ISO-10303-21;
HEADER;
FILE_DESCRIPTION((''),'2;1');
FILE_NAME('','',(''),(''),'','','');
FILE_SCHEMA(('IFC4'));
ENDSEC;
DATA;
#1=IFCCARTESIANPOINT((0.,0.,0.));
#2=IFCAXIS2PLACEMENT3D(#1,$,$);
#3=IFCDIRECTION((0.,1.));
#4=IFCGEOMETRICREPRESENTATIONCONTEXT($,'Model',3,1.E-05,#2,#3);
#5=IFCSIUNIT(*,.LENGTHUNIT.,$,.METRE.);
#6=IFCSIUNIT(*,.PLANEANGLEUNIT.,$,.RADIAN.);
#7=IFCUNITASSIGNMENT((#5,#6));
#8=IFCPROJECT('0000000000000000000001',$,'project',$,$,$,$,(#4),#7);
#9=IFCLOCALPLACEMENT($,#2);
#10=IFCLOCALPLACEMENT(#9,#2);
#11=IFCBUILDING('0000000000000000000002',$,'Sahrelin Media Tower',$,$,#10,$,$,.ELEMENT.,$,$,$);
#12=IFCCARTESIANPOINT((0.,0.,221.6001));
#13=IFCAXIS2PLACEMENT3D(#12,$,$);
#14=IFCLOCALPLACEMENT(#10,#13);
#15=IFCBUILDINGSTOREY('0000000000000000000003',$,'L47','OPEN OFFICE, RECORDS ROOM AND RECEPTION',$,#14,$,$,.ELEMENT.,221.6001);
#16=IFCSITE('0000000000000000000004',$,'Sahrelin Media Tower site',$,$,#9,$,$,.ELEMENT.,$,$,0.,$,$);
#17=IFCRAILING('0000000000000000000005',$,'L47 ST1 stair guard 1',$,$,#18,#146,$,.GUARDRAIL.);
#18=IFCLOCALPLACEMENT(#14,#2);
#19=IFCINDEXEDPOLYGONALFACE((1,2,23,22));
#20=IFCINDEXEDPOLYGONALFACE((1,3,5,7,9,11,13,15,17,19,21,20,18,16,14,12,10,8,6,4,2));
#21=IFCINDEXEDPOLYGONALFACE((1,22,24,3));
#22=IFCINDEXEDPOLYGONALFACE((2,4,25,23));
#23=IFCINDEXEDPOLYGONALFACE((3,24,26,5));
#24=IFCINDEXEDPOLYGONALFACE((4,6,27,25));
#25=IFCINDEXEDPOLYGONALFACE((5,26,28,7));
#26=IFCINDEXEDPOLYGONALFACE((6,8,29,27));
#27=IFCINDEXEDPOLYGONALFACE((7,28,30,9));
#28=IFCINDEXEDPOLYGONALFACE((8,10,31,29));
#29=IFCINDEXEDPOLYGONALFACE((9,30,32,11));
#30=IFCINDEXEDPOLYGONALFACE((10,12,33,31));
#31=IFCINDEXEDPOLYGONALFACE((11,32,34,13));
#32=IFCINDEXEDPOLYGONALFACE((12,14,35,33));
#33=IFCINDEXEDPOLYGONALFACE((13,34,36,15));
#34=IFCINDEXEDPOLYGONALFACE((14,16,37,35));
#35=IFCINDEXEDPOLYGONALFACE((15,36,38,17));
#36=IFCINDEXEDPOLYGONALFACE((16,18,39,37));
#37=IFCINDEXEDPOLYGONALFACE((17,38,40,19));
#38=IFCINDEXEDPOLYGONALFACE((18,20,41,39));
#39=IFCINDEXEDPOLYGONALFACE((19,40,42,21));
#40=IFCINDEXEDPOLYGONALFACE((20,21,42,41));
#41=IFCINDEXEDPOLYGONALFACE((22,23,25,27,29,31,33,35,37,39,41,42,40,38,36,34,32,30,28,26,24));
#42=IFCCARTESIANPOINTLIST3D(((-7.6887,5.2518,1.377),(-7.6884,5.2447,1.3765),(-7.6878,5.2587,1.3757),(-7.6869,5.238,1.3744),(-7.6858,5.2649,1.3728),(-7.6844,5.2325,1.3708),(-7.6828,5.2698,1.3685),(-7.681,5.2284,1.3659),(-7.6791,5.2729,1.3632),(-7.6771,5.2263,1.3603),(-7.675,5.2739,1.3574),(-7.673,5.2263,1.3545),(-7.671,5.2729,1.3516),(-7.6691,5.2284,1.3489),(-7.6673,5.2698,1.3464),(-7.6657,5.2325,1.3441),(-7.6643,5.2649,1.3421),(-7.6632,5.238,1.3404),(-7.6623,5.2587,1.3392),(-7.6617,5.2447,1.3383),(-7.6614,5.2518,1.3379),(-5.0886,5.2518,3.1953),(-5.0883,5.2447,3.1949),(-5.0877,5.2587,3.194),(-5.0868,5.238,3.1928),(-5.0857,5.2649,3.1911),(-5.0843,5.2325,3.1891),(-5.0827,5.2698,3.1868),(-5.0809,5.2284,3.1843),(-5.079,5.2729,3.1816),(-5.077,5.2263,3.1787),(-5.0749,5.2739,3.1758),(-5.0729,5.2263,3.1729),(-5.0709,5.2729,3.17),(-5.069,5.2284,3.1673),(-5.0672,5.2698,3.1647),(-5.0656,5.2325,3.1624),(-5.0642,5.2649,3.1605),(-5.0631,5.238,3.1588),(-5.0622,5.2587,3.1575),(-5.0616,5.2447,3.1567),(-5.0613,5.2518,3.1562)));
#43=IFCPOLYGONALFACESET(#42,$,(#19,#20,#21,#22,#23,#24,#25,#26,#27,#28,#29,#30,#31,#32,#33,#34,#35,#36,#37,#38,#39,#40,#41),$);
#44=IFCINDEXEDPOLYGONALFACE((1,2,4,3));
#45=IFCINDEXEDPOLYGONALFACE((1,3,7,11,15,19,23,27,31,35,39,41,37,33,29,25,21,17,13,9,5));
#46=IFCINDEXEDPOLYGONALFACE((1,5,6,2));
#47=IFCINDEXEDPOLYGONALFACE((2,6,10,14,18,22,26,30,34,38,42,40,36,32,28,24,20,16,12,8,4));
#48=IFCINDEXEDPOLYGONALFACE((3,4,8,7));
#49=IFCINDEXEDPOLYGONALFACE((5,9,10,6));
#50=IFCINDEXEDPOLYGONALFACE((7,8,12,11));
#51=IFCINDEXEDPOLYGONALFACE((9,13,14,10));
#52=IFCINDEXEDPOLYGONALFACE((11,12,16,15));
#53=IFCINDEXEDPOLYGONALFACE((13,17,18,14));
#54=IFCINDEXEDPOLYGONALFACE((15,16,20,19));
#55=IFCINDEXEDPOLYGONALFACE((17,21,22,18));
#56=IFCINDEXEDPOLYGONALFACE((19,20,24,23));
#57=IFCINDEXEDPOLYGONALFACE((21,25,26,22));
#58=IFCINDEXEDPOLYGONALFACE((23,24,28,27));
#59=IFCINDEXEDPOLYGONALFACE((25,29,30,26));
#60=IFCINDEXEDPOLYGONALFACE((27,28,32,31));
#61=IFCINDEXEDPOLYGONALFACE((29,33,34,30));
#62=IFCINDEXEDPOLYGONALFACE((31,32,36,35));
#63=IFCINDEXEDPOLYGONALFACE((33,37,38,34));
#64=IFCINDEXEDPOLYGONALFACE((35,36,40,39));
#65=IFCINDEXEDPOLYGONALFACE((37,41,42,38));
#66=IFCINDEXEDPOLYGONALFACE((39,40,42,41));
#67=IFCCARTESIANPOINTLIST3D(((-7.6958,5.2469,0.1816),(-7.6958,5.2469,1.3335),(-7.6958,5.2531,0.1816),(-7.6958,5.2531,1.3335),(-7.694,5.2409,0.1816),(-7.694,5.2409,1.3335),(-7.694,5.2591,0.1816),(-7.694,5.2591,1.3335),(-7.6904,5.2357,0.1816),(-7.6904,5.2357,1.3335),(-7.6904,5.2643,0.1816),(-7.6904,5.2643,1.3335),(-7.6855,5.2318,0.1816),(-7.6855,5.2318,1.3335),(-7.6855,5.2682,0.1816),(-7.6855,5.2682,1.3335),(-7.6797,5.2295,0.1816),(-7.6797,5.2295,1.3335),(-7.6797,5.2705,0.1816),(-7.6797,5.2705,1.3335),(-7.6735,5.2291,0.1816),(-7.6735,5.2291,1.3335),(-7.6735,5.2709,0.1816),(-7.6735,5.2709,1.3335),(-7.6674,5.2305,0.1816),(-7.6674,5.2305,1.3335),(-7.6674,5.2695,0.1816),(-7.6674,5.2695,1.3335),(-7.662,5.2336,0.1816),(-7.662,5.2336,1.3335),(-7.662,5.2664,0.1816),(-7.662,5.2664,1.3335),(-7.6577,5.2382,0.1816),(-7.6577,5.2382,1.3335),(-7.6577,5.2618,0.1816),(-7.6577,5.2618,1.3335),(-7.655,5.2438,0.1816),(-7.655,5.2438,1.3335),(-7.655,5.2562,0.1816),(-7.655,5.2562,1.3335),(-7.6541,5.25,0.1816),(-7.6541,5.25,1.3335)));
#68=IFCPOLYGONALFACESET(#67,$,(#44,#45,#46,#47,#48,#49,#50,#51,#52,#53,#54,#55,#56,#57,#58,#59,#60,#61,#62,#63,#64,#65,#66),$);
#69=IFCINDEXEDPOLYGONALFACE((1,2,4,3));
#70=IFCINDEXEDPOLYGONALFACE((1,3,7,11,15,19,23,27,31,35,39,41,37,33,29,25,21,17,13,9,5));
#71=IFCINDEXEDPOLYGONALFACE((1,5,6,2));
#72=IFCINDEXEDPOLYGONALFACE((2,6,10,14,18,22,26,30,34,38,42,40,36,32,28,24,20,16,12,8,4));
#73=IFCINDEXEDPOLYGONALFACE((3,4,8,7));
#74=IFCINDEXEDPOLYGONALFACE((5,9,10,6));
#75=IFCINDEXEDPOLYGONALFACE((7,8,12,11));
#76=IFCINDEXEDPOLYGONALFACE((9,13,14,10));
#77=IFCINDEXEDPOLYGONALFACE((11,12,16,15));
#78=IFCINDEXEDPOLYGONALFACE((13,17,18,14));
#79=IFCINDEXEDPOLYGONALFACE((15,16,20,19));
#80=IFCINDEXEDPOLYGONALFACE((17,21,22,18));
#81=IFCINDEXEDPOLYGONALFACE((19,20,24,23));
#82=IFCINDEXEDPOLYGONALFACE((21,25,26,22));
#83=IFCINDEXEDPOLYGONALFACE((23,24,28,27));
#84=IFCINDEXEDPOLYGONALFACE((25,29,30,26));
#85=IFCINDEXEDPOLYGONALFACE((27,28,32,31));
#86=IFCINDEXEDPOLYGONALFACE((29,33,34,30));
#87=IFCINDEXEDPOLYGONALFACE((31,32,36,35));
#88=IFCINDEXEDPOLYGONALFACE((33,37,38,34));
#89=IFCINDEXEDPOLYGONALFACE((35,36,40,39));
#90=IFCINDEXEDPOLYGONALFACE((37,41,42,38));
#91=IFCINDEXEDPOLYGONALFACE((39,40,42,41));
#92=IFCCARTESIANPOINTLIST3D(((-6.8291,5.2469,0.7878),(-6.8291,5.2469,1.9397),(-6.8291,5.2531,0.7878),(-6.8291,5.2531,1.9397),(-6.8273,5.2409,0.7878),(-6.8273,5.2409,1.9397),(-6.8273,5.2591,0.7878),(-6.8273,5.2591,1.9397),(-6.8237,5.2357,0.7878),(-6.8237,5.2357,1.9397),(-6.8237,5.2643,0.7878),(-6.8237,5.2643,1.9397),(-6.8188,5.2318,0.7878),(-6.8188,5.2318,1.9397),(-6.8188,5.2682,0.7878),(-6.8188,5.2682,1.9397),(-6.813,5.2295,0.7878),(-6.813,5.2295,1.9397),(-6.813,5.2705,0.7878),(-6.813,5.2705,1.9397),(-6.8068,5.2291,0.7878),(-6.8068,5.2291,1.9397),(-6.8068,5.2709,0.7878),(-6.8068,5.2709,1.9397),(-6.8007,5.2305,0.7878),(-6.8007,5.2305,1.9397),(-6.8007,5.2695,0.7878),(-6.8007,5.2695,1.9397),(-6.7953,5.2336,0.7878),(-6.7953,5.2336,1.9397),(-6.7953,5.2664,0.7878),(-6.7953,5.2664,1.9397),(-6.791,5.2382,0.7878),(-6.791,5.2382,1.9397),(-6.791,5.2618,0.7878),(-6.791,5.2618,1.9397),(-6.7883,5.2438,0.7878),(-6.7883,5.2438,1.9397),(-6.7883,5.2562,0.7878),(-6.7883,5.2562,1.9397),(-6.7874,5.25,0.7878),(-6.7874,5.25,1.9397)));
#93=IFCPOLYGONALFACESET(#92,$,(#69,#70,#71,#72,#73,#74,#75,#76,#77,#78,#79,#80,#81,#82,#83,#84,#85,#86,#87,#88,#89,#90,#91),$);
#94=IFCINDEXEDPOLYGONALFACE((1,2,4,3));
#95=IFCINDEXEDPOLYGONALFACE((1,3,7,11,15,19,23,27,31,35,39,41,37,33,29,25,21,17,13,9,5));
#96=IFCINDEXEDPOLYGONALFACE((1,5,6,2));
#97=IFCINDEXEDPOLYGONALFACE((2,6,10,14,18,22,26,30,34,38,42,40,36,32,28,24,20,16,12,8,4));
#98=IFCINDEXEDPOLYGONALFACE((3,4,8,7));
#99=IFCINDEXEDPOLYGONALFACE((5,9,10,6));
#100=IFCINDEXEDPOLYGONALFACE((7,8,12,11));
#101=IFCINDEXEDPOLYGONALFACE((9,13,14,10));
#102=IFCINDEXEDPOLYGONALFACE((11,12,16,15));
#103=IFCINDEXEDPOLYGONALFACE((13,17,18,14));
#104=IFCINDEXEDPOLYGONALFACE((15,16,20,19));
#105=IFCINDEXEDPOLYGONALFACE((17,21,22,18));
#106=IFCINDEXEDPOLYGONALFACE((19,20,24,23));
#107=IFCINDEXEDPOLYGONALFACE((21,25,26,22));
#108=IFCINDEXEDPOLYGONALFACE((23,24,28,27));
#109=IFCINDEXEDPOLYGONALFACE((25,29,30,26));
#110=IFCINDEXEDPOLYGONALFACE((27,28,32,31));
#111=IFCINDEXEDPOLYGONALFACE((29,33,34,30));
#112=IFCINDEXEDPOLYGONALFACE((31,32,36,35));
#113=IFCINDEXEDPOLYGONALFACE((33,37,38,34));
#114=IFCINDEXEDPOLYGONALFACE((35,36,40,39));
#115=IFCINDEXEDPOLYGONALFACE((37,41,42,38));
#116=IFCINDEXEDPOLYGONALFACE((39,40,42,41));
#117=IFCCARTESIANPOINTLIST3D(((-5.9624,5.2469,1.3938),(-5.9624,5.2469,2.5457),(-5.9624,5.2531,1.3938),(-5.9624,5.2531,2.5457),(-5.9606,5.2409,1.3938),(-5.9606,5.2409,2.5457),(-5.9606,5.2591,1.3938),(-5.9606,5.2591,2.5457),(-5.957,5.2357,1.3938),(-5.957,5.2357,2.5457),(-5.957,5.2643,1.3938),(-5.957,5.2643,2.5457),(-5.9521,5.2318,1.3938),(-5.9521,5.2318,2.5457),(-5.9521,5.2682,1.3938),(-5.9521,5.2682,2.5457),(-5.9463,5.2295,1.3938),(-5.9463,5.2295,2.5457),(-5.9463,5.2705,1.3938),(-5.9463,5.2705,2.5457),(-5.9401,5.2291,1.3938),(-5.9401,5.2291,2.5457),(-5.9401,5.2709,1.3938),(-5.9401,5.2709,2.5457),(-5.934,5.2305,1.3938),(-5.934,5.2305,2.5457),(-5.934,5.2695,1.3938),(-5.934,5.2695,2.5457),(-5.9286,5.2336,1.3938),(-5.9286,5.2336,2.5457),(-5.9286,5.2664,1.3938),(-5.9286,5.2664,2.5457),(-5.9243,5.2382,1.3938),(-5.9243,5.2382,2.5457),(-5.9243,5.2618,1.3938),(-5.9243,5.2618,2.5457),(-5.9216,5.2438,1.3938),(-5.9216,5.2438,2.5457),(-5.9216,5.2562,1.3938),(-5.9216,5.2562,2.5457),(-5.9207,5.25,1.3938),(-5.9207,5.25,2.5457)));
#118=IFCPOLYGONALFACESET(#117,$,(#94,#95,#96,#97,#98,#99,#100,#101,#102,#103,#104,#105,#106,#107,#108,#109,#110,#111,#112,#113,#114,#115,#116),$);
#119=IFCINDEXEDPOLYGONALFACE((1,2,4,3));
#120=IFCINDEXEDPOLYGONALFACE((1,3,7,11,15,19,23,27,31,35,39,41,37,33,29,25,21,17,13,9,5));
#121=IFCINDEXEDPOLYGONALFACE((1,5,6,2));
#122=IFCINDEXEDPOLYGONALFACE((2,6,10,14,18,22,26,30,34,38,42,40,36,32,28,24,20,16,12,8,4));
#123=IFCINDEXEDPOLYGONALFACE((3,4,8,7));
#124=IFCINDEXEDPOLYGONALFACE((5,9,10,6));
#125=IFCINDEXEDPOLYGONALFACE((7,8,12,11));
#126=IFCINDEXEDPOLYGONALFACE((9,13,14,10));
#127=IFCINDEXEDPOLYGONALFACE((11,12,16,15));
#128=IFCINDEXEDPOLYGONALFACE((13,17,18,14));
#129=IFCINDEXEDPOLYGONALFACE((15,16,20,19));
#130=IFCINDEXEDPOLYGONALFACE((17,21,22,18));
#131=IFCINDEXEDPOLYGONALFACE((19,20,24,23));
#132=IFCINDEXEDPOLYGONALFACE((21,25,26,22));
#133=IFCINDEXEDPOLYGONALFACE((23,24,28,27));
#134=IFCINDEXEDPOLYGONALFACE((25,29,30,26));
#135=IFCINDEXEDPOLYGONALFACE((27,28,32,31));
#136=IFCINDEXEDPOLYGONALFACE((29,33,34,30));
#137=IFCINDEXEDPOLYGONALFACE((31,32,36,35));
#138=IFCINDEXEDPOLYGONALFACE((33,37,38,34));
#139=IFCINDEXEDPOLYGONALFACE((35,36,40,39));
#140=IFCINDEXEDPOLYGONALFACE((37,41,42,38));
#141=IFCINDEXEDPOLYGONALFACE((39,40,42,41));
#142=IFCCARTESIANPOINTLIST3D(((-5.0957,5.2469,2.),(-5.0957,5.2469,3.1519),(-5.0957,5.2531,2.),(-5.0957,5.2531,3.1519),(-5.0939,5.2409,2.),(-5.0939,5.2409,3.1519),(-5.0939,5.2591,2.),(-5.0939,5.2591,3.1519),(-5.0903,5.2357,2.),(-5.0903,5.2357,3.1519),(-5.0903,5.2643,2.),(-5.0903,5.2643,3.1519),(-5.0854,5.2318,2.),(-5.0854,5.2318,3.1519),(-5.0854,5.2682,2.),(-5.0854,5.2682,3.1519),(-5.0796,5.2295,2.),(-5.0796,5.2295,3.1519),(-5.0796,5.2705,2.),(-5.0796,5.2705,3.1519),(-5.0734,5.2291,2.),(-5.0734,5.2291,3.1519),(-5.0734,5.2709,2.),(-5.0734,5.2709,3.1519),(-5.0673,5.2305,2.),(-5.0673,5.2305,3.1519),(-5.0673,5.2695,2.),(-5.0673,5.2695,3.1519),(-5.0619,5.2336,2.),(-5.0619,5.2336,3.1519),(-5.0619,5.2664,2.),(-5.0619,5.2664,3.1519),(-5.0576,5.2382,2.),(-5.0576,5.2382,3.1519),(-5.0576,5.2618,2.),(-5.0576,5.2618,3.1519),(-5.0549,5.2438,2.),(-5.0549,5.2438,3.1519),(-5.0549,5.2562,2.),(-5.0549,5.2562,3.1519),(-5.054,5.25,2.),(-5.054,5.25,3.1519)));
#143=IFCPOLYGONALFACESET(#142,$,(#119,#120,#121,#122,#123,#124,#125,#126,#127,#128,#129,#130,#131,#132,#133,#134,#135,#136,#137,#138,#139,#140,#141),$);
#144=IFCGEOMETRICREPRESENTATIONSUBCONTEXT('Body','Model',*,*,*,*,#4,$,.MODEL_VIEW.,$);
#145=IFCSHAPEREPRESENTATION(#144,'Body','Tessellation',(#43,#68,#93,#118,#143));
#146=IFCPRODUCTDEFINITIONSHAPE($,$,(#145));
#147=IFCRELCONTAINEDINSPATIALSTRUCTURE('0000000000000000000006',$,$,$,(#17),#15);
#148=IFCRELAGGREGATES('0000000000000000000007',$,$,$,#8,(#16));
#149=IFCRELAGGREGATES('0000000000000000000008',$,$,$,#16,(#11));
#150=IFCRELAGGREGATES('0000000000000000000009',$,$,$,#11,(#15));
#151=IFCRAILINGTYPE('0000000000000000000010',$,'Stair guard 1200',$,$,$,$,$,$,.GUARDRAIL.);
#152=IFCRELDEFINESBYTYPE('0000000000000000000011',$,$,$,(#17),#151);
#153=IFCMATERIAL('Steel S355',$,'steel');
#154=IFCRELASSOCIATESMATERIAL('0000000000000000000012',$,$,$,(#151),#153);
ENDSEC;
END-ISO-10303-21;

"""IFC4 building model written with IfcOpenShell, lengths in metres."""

from ifc_helpers import new_model, si_unit, direction, frame, origin, origin_2d, place, context, subcontext, project, spatial, circle, extrude, material, type_object, element, save


model = new_model("IFC4")

# Units and contexts
model_context = context("Model", 3, precision=1e-05, world=origin(), true_north=direction((0.0, 1.0)))
body_context = subcontext(model_context, "Body", "Model", "MODEL_VIEW")
ifc_project = project(units=[si_unit("LENGTHUNIT", "METRE"), si_unit("PLANEANGLEUNIT", "RADIAN")], contexts=[model_context])

# Site, building, storey
site_placement = place(None, origin())
site = spatial("IfcSite", under=ifc_project, at=site_placement, Name="Sahrelin Media Tower site", CompositionType="ELEMENT", RefElevation=0.0)
building_placement = place(site_placement, origin())
building = spatial("IfcBuilding", under=site, at=building_placement, Name="Sahrelin Media Tower", CompositionType="ELEMENT")
storey_placement = place(building_placement, frame((0.0, 0.0, 221.6001)))
storey = spatial("IfcBuildingStorey", under=building, at=storey_placement, Name="L47", Description="OPEN OFFICE, RECORDS ROOM AND RECEPTION", CompositionType="ELEMENT", Elevation=221.6001)

# Shared definitions
ifc_material_1 = material(Name="Steel S355", Category="steel")

# Railing
railing_type_1 = type_object("IfcRailingType", Name="Stair guard 1200", PredefinedType="GUARDRAIL", material=ifc_material_1)
railing_1_placement = place(storey_placement, frame((-7.675, 5.25, 0.1816)))
element("IfcRailing", 1, at=railing_1_placement, inside=storey, type_object=railing_type_1, Name="L47 ST1 stair guard 1", PredefinedType="GUARDRAIL", context=body_context, shape_type="SweptSolid", body=[
    extrude(circle(Radius=0.0239, at=origin_2d()), frame((0.0, 0.0, 1.1758), z_axis=(0.819485, 0.0, 0.573101), x_axis=(0.0, 1.0, 0.0)), (0.0, 0.0, 1.0), 3.1729),
    extrude(circle(Radius=0.021, at=origin_2d()), origin(), (0.0, 0.0, 1.0), 1.1519),
    extrude(circle(Radius=0.021, at=origin_2d()), frame((0.8667, 0.0, 0.6062)), (0.0, 0.0, 1.0), 1.1519),
    extrude(circle(Radius=0.021, at=origin_2d()), frame((1.7334, 0.0, 1.2122)), (0.0, 0.0, 1.0), 1.1519),
    extrude(circle(Radius=0.021, at=origin_2d()), frame((2.6001, 0.0, 1.8184)), (0.0, 0.0, 1.0), 1.1519),
])

save(model, "model.ifc")
